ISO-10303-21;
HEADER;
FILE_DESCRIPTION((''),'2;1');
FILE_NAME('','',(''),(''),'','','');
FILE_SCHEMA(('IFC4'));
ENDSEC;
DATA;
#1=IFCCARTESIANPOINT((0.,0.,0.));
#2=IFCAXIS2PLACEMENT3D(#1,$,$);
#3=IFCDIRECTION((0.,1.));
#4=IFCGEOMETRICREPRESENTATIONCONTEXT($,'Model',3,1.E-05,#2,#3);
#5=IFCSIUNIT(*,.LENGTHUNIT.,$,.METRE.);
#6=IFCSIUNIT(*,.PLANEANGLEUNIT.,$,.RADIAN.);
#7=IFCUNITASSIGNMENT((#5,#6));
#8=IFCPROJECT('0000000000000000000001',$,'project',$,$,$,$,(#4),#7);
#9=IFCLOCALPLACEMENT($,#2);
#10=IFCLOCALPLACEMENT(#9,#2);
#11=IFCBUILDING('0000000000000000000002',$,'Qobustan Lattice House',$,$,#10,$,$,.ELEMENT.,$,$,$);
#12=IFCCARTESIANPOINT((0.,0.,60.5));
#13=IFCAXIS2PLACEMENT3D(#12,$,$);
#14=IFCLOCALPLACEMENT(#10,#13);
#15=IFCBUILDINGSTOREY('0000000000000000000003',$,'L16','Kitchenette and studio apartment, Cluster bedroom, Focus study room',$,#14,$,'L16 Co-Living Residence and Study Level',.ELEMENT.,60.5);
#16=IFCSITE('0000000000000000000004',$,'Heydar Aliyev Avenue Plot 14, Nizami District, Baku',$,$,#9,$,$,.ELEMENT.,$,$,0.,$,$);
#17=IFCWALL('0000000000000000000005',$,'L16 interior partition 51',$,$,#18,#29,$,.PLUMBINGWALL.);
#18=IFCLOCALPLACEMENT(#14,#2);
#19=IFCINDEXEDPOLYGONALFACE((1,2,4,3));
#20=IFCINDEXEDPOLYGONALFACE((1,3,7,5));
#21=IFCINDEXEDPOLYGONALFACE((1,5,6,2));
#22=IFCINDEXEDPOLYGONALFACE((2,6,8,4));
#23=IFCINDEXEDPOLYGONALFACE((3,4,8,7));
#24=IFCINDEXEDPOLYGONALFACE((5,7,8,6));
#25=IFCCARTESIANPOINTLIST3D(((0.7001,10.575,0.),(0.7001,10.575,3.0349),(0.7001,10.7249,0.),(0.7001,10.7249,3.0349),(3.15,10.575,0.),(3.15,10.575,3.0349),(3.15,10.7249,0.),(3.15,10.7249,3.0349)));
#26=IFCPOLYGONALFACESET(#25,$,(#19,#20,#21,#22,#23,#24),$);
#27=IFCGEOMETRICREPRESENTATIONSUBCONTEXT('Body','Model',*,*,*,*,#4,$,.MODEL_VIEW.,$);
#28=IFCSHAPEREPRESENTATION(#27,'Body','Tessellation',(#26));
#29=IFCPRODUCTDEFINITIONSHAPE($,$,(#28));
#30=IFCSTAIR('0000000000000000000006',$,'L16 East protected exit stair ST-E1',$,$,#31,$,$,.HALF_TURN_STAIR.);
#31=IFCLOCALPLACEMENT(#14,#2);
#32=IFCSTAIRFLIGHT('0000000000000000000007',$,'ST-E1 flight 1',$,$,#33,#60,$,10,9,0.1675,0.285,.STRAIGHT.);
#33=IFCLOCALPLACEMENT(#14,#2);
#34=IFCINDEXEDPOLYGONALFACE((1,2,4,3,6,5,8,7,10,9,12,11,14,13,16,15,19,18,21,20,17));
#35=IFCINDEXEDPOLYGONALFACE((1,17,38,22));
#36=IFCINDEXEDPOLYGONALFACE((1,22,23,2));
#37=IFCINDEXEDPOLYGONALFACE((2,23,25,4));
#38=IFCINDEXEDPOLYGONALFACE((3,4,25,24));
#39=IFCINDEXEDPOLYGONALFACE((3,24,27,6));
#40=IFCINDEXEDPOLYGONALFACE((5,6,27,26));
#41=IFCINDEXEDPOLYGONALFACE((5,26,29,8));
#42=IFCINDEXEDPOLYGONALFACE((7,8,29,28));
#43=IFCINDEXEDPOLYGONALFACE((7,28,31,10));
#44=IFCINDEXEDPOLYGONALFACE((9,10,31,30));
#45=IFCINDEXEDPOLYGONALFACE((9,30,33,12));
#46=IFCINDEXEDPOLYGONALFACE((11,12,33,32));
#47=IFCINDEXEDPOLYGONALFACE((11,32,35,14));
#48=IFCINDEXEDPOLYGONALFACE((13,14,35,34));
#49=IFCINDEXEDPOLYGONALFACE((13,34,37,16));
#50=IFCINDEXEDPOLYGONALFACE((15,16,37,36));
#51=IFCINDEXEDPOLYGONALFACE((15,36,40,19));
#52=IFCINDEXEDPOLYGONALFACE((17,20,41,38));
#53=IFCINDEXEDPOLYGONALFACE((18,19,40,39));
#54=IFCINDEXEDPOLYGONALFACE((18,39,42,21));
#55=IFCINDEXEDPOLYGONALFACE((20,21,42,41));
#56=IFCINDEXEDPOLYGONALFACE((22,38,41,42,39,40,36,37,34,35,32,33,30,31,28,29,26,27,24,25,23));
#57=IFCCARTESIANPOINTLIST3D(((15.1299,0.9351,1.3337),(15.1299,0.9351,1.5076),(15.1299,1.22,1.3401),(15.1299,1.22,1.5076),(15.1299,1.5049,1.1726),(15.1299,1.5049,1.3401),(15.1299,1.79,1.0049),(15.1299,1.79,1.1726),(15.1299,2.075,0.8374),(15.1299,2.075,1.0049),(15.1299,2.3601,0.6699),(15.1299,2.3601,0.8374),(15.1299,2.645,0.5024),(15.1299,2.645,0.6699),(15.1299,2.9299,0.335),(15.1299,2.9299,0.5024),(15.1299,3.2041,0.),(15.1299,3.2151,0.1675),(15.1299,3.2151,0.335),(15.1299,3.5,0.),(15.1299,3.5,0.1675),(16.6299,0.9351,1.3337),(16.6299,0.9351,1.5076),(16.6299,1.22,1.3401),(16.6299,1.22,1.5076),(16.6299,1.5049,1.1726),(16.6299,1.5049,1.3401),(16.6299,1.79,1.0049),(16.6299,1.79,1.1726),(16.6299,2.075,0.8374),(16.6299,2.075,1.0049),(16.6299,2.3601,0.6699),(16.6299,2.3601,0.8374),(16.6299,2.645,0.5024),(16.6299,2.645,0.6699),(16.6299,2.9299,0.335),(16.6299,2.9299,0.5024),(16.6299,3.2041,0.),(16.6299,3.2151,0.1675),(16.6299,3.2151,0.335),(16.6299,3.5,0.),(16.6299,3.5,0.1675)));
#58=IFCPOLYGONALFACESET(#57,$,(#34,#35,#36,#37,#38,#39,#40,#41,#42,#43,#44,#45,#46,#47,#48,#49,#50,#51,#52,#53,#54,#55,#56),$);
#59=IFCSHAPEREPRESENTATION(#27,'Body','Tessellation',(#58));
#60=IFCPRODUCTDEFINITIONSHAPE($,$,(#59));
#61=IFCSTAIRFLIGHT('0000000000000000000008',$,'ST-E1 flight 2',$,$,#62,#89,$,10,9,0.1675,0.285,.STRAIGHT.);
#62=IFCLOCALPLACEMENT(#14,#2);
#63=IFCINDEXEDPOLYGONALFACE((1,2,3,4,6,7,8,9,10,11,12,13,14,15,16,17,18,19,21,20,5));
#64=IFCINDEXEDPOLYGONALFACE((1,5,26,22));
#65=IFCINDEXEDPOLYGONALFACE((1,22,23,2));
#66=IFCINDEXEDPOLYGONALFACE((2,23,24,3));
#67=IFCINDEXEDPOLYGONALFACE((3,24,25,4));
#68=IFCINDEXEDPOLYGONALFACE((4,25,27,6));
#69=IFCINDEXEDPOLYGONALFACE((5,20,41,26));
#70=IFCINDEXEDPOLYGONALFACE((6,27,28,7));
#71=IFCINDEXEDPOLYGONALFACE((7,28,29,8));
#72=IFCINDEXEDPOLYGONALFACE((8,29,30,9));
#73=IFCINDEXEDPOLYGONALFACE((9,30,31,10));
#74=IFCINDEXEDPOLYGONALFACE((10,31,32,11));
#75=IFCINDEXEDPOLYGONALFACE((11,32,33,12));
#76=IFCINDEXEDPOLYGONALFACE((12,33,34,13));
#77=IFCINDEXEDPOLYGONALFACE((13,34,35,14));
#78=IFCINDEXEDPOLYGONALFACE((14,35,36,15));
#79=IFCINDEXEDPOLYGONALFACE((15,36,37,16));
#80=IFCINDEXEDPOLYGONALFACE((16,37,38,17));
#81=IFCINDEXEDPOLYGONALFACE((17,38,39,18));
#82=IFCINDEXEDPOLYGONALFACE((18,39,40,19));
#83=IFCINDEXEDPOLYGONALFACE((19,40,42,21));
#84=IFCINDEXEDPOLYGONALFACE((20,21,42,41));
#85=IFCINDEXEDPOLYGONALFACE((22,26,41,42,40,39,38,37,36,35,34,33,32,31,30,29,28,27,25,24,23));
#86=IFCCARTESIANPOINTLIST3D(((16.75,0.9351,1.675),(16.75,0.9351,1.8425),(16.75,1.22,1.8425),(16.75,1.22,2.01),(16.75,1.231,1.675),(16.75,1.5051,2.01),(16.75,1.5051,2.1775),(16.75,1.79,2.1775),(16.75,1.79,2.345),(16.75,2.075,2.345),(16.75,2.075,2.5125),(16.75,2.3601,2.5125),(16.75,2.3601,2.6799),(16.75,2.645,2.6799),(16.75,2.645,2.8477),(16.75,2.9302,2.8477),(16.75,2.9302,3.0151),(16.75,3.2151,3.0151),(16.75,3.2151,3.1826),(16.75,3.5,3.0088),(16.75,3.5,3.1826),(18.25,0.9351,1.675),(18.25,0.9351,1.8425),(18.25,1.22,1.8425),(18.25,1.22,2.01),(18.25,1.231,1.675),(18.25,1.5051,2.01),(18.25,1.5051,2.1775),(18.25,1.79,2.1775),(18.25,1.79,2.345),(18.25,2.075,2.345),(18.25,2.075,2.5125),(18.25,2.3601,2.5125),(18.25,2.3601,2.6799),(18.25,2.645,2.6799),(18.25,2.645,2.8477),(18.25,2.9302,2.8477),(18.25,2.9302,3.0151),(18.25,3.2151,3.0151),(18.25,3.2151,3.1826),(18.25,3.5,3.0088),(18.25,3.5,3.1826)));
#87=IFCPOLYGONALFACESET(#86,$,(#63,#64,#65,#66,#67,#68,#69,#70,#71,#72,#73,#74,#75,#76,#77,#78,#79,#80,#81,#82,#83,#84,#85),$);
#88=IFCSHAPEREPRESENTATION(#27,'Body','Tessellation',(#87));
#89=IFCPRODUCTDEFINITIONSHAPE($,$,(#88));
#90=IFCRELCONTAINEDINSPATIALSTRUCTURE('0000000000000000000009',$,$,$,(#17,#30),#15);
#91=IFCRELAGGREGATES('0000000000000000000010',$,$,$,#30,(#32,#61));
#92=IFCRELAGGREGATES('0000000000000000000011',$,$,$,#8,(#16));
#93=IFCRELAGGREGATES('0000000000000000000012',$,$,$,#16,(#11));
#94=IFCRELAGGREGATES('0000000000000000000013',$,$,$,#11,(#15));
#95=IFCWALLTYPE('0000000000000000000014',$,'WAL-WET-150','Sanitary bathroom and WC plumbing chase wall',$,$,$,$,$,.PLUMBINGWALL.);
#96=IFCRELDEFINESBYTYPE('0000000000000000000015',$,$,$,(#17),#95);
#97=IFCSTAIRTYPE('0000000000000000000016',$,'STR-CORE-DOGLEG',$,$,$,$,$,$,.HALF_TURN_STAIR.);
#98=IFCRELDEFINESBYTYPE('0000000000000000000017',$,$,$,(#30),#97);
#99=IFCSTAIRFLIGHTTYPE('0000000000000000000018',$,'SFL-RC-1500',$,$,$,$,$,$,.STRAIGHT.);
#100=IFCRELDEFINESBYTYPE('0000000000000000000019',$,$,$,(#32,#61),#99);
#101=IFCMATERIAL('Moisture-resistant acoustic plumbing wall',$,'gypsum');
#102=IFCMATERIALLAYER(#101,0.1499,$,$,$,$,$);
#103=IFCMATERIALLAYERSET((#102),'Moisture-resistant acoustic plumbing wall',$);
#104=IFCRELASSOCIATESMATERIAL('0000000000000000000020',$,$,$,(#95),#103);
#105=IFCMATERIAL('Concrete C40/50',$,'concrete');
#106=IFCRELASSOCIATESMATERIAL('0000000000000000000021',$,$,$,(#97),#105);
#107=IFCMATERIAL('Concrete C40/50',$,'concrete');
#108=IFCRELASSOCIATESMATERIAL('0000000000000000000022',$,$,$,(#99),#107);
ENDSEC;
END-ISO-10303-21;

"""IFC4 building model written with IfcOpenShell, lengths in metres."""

from ifc_helpers import new_model, si_unit, direction, frame, frame_2d, origin, place, context, subcontext, project, spatial, polyline, rectangle, outline, extrude, material, layer, layer_set, type_object, element, aggregate, save


model = new_model("IFC4")

# Units and contexts
model_context = context("Model", 3, precision=1e-05, world=origin(), true_north=direction((0.0, 1.0)))
body_context = subcontext(model_context, "Body", "Model", "MODEL_VIEW")
ifc_project = project(units=[si_unit("LENGTHUNIT", "METRE"), si_unit("PLANEANGLEUNIT", "RADIAN")], contexts=[model_context])

# Site, building, storey
site_placement = place(None, origin())
site = spatial("IfcSite", under=ifc_project, at=site_placement, Name="Heydar Aliyev Avenue Plot 14, Nizami District, Baku", CompositionType="ELEMENT", RefElevation=0.0)
building_placement = place(site_placement, origin())
building = spatial("IfcBuilding", under=site, at=building_placement, Name="Qobustan Lattice House", CompositionType="ELEMENT")
storey_placement = place(building_placement, frame((0.0, 0.0, 60.5)))
storey = spatial("IfcBuildingStorey", under=building, at=storey_placement, Name="L16", Description="Kitchenette and studio apartment, Cluster bedroom, Focus study room", LongName="L16 Co-Living Residence and Study Level", CompositionType="ELEMENT", Elevation=60.5)

# Wall
ifc_material_1 = material(Name="Moisture-resistant acoustic plumbing wall", Category="gypsum")
ifc_layer_1 = layer(ifc_material_1, 0.1499)
ifc_layer_set_1 = layer_set([ifc_layer_1], Name="Moisture-resistant acoustic plumbing wall")
wall_type_1 = type_object("IfcWallType", Name="WAL-WET-150", Description="Sanitary bathroom and WC plumbing chase wall", PredefinedType="PLUMBINGWALL", material=ifc_layer_set_1)
wall_1_placement = place(storey_placement, frame((0.7, 10.6499, 0.0), z_axis=(0.0, 0.0, 1.0), x_axis=(1.0, 0.0, 0.0)))
element("IfcWall", 1, at=wall_1_placement, inside=storey, type_object=wall_type_1, Name="L16 interior partition 51", PredefinedType="PLUMBINGWALL", context=body_context, shape_type="SweptSolid", body=[
    extrude(rectangle(XDim=2.45, YDim=0.1499, at=frame_2d((1.2251, 0.0))), origin(), (0.0, 0.0, 1.0), 3.0349),
])

# Stair, stair flights
ifc_material_2 = material(Name="Concrete C40/50", Category="concrete")
stair_type = type_object("IfcStairType", Name="STR-CORE-DOGLEG", PredefinedType="HALF_TURN_STAIR", material=ifc_material_2)
stair_placement = place(storey_placement, origin())
stair = element("IfcStair", 2, at=stair_placement, inside=storey, type_object=stair_type, Name="L16 East protected exit stair ST-E1", PredefinedType="HALF_TURN_STAIR")
ifc_material_3 = material(Name="Concrete C40/50", Category="concrete")
stair_flight_type = type_object("IfcStairFlightType", Name="SFL-RC-1500", PredefinedType="STRAIGHT", material=ifc_material_3)
stair_flight_1_placement = place(storey_placement, frame((15.8799, 3.5, 0.0), z_axis=(0.0, 0.0, 1.0), x_axis=(0.0, -1.0, 0.0)))
stair_flight_1 = element("IfcStairFlight", 3, at=stair_flight_1_placement, type_object=stair_flight_type, Name="ST-E1 flight 1", NumberOfRisers=10, NumberOfTreads=9, PredefinedType="STRAIGHT", RiserHeight=0.1675, TreadLength=0.285, context=body_context, shape_type="SweptSolid", body=[
    extrude(outline(polyline([(0.0, 0.0), (0.0, 0.1675), (0.2849, 0.1675), (0.2849, 0.335), (0.5701, 0.335), (0.5701, 0.5024), (0.855, 0.5024), (0.855, 0.6699), (1.1399, 0.6699), (1.1399, 0.8374), (1.425, 0.8374), (1.425, 1.0049), (1.71, 1.0049), (1.71, 1.1726), (1.9951, 1.1726), (1.9951, 1.3401), (2.28, 1.3401), (2.28, 1.5076), (2.5649, 1.5076), (2.5649, 1.675), (2.5649, 1.3337), (0.2959, 0.0), (0.0, 0.0)])), frame((0.0, 0.75, 0.0), z_axis=(0.0, -1.0, 0.0), x_axis=(1.0, 0.0, 0.0)), (0.0, 0.0, 1.0), 1.5),
])
stair_flight_2_placement = place(storey_placement, frame((17.5, 0.9351, 1.675), z_axis=(0.0, 0.0, 1.0), x_axis=(0.0, 1.0, 0.0)))
stair_flight_2 = element("IfcStairFlight", 4, at=stair_flight_2_placement, type_object=stair_flight_type, Name="ST-E1 flight 2", NumberOfRisers=10, NumberOfTreads=9, PredefinedType="STRAIGHT", RiserHeight=0.1675, TreadLength=0.285, context=body_context, shape_type="SweptSolid", body=[
    extrude(outline(polyline([(0.0, 0.0), (0.0, 0.1675), (0.2849, 0.1675), (0.2849, 0.335), (0.5701, 0.335), (0.5701, 0.5024), (0.855, 0.5024), (0.855, 0.6699), (1.1399, 0.6699), (1.1399, 0.8374), (1.425, 0.8374), (1.425, 1.0049), (1.71, 1.0049), (1.71, 1.1726), (1.9951, 1.1726), (1.9951, 1.3401), (2.28, 1.3401), (2.28, 1.5076), (2.5649, 1.5076), (2.5649, 1.675), (2.5649, 1.3337), (0.2959, 0.0), (0.0, 0.0)])), frame((0.0, 0.75, 0.0), z_axis=(0.0, -1.0, 0.0), x_axis=(1.0, 0.0, 0.0)), (0.0, 0.0, 1.0), 1.5),
])
aggregate(stair, [stair_flight_1, stair_flight_2])

save(model, "model.ifc")
